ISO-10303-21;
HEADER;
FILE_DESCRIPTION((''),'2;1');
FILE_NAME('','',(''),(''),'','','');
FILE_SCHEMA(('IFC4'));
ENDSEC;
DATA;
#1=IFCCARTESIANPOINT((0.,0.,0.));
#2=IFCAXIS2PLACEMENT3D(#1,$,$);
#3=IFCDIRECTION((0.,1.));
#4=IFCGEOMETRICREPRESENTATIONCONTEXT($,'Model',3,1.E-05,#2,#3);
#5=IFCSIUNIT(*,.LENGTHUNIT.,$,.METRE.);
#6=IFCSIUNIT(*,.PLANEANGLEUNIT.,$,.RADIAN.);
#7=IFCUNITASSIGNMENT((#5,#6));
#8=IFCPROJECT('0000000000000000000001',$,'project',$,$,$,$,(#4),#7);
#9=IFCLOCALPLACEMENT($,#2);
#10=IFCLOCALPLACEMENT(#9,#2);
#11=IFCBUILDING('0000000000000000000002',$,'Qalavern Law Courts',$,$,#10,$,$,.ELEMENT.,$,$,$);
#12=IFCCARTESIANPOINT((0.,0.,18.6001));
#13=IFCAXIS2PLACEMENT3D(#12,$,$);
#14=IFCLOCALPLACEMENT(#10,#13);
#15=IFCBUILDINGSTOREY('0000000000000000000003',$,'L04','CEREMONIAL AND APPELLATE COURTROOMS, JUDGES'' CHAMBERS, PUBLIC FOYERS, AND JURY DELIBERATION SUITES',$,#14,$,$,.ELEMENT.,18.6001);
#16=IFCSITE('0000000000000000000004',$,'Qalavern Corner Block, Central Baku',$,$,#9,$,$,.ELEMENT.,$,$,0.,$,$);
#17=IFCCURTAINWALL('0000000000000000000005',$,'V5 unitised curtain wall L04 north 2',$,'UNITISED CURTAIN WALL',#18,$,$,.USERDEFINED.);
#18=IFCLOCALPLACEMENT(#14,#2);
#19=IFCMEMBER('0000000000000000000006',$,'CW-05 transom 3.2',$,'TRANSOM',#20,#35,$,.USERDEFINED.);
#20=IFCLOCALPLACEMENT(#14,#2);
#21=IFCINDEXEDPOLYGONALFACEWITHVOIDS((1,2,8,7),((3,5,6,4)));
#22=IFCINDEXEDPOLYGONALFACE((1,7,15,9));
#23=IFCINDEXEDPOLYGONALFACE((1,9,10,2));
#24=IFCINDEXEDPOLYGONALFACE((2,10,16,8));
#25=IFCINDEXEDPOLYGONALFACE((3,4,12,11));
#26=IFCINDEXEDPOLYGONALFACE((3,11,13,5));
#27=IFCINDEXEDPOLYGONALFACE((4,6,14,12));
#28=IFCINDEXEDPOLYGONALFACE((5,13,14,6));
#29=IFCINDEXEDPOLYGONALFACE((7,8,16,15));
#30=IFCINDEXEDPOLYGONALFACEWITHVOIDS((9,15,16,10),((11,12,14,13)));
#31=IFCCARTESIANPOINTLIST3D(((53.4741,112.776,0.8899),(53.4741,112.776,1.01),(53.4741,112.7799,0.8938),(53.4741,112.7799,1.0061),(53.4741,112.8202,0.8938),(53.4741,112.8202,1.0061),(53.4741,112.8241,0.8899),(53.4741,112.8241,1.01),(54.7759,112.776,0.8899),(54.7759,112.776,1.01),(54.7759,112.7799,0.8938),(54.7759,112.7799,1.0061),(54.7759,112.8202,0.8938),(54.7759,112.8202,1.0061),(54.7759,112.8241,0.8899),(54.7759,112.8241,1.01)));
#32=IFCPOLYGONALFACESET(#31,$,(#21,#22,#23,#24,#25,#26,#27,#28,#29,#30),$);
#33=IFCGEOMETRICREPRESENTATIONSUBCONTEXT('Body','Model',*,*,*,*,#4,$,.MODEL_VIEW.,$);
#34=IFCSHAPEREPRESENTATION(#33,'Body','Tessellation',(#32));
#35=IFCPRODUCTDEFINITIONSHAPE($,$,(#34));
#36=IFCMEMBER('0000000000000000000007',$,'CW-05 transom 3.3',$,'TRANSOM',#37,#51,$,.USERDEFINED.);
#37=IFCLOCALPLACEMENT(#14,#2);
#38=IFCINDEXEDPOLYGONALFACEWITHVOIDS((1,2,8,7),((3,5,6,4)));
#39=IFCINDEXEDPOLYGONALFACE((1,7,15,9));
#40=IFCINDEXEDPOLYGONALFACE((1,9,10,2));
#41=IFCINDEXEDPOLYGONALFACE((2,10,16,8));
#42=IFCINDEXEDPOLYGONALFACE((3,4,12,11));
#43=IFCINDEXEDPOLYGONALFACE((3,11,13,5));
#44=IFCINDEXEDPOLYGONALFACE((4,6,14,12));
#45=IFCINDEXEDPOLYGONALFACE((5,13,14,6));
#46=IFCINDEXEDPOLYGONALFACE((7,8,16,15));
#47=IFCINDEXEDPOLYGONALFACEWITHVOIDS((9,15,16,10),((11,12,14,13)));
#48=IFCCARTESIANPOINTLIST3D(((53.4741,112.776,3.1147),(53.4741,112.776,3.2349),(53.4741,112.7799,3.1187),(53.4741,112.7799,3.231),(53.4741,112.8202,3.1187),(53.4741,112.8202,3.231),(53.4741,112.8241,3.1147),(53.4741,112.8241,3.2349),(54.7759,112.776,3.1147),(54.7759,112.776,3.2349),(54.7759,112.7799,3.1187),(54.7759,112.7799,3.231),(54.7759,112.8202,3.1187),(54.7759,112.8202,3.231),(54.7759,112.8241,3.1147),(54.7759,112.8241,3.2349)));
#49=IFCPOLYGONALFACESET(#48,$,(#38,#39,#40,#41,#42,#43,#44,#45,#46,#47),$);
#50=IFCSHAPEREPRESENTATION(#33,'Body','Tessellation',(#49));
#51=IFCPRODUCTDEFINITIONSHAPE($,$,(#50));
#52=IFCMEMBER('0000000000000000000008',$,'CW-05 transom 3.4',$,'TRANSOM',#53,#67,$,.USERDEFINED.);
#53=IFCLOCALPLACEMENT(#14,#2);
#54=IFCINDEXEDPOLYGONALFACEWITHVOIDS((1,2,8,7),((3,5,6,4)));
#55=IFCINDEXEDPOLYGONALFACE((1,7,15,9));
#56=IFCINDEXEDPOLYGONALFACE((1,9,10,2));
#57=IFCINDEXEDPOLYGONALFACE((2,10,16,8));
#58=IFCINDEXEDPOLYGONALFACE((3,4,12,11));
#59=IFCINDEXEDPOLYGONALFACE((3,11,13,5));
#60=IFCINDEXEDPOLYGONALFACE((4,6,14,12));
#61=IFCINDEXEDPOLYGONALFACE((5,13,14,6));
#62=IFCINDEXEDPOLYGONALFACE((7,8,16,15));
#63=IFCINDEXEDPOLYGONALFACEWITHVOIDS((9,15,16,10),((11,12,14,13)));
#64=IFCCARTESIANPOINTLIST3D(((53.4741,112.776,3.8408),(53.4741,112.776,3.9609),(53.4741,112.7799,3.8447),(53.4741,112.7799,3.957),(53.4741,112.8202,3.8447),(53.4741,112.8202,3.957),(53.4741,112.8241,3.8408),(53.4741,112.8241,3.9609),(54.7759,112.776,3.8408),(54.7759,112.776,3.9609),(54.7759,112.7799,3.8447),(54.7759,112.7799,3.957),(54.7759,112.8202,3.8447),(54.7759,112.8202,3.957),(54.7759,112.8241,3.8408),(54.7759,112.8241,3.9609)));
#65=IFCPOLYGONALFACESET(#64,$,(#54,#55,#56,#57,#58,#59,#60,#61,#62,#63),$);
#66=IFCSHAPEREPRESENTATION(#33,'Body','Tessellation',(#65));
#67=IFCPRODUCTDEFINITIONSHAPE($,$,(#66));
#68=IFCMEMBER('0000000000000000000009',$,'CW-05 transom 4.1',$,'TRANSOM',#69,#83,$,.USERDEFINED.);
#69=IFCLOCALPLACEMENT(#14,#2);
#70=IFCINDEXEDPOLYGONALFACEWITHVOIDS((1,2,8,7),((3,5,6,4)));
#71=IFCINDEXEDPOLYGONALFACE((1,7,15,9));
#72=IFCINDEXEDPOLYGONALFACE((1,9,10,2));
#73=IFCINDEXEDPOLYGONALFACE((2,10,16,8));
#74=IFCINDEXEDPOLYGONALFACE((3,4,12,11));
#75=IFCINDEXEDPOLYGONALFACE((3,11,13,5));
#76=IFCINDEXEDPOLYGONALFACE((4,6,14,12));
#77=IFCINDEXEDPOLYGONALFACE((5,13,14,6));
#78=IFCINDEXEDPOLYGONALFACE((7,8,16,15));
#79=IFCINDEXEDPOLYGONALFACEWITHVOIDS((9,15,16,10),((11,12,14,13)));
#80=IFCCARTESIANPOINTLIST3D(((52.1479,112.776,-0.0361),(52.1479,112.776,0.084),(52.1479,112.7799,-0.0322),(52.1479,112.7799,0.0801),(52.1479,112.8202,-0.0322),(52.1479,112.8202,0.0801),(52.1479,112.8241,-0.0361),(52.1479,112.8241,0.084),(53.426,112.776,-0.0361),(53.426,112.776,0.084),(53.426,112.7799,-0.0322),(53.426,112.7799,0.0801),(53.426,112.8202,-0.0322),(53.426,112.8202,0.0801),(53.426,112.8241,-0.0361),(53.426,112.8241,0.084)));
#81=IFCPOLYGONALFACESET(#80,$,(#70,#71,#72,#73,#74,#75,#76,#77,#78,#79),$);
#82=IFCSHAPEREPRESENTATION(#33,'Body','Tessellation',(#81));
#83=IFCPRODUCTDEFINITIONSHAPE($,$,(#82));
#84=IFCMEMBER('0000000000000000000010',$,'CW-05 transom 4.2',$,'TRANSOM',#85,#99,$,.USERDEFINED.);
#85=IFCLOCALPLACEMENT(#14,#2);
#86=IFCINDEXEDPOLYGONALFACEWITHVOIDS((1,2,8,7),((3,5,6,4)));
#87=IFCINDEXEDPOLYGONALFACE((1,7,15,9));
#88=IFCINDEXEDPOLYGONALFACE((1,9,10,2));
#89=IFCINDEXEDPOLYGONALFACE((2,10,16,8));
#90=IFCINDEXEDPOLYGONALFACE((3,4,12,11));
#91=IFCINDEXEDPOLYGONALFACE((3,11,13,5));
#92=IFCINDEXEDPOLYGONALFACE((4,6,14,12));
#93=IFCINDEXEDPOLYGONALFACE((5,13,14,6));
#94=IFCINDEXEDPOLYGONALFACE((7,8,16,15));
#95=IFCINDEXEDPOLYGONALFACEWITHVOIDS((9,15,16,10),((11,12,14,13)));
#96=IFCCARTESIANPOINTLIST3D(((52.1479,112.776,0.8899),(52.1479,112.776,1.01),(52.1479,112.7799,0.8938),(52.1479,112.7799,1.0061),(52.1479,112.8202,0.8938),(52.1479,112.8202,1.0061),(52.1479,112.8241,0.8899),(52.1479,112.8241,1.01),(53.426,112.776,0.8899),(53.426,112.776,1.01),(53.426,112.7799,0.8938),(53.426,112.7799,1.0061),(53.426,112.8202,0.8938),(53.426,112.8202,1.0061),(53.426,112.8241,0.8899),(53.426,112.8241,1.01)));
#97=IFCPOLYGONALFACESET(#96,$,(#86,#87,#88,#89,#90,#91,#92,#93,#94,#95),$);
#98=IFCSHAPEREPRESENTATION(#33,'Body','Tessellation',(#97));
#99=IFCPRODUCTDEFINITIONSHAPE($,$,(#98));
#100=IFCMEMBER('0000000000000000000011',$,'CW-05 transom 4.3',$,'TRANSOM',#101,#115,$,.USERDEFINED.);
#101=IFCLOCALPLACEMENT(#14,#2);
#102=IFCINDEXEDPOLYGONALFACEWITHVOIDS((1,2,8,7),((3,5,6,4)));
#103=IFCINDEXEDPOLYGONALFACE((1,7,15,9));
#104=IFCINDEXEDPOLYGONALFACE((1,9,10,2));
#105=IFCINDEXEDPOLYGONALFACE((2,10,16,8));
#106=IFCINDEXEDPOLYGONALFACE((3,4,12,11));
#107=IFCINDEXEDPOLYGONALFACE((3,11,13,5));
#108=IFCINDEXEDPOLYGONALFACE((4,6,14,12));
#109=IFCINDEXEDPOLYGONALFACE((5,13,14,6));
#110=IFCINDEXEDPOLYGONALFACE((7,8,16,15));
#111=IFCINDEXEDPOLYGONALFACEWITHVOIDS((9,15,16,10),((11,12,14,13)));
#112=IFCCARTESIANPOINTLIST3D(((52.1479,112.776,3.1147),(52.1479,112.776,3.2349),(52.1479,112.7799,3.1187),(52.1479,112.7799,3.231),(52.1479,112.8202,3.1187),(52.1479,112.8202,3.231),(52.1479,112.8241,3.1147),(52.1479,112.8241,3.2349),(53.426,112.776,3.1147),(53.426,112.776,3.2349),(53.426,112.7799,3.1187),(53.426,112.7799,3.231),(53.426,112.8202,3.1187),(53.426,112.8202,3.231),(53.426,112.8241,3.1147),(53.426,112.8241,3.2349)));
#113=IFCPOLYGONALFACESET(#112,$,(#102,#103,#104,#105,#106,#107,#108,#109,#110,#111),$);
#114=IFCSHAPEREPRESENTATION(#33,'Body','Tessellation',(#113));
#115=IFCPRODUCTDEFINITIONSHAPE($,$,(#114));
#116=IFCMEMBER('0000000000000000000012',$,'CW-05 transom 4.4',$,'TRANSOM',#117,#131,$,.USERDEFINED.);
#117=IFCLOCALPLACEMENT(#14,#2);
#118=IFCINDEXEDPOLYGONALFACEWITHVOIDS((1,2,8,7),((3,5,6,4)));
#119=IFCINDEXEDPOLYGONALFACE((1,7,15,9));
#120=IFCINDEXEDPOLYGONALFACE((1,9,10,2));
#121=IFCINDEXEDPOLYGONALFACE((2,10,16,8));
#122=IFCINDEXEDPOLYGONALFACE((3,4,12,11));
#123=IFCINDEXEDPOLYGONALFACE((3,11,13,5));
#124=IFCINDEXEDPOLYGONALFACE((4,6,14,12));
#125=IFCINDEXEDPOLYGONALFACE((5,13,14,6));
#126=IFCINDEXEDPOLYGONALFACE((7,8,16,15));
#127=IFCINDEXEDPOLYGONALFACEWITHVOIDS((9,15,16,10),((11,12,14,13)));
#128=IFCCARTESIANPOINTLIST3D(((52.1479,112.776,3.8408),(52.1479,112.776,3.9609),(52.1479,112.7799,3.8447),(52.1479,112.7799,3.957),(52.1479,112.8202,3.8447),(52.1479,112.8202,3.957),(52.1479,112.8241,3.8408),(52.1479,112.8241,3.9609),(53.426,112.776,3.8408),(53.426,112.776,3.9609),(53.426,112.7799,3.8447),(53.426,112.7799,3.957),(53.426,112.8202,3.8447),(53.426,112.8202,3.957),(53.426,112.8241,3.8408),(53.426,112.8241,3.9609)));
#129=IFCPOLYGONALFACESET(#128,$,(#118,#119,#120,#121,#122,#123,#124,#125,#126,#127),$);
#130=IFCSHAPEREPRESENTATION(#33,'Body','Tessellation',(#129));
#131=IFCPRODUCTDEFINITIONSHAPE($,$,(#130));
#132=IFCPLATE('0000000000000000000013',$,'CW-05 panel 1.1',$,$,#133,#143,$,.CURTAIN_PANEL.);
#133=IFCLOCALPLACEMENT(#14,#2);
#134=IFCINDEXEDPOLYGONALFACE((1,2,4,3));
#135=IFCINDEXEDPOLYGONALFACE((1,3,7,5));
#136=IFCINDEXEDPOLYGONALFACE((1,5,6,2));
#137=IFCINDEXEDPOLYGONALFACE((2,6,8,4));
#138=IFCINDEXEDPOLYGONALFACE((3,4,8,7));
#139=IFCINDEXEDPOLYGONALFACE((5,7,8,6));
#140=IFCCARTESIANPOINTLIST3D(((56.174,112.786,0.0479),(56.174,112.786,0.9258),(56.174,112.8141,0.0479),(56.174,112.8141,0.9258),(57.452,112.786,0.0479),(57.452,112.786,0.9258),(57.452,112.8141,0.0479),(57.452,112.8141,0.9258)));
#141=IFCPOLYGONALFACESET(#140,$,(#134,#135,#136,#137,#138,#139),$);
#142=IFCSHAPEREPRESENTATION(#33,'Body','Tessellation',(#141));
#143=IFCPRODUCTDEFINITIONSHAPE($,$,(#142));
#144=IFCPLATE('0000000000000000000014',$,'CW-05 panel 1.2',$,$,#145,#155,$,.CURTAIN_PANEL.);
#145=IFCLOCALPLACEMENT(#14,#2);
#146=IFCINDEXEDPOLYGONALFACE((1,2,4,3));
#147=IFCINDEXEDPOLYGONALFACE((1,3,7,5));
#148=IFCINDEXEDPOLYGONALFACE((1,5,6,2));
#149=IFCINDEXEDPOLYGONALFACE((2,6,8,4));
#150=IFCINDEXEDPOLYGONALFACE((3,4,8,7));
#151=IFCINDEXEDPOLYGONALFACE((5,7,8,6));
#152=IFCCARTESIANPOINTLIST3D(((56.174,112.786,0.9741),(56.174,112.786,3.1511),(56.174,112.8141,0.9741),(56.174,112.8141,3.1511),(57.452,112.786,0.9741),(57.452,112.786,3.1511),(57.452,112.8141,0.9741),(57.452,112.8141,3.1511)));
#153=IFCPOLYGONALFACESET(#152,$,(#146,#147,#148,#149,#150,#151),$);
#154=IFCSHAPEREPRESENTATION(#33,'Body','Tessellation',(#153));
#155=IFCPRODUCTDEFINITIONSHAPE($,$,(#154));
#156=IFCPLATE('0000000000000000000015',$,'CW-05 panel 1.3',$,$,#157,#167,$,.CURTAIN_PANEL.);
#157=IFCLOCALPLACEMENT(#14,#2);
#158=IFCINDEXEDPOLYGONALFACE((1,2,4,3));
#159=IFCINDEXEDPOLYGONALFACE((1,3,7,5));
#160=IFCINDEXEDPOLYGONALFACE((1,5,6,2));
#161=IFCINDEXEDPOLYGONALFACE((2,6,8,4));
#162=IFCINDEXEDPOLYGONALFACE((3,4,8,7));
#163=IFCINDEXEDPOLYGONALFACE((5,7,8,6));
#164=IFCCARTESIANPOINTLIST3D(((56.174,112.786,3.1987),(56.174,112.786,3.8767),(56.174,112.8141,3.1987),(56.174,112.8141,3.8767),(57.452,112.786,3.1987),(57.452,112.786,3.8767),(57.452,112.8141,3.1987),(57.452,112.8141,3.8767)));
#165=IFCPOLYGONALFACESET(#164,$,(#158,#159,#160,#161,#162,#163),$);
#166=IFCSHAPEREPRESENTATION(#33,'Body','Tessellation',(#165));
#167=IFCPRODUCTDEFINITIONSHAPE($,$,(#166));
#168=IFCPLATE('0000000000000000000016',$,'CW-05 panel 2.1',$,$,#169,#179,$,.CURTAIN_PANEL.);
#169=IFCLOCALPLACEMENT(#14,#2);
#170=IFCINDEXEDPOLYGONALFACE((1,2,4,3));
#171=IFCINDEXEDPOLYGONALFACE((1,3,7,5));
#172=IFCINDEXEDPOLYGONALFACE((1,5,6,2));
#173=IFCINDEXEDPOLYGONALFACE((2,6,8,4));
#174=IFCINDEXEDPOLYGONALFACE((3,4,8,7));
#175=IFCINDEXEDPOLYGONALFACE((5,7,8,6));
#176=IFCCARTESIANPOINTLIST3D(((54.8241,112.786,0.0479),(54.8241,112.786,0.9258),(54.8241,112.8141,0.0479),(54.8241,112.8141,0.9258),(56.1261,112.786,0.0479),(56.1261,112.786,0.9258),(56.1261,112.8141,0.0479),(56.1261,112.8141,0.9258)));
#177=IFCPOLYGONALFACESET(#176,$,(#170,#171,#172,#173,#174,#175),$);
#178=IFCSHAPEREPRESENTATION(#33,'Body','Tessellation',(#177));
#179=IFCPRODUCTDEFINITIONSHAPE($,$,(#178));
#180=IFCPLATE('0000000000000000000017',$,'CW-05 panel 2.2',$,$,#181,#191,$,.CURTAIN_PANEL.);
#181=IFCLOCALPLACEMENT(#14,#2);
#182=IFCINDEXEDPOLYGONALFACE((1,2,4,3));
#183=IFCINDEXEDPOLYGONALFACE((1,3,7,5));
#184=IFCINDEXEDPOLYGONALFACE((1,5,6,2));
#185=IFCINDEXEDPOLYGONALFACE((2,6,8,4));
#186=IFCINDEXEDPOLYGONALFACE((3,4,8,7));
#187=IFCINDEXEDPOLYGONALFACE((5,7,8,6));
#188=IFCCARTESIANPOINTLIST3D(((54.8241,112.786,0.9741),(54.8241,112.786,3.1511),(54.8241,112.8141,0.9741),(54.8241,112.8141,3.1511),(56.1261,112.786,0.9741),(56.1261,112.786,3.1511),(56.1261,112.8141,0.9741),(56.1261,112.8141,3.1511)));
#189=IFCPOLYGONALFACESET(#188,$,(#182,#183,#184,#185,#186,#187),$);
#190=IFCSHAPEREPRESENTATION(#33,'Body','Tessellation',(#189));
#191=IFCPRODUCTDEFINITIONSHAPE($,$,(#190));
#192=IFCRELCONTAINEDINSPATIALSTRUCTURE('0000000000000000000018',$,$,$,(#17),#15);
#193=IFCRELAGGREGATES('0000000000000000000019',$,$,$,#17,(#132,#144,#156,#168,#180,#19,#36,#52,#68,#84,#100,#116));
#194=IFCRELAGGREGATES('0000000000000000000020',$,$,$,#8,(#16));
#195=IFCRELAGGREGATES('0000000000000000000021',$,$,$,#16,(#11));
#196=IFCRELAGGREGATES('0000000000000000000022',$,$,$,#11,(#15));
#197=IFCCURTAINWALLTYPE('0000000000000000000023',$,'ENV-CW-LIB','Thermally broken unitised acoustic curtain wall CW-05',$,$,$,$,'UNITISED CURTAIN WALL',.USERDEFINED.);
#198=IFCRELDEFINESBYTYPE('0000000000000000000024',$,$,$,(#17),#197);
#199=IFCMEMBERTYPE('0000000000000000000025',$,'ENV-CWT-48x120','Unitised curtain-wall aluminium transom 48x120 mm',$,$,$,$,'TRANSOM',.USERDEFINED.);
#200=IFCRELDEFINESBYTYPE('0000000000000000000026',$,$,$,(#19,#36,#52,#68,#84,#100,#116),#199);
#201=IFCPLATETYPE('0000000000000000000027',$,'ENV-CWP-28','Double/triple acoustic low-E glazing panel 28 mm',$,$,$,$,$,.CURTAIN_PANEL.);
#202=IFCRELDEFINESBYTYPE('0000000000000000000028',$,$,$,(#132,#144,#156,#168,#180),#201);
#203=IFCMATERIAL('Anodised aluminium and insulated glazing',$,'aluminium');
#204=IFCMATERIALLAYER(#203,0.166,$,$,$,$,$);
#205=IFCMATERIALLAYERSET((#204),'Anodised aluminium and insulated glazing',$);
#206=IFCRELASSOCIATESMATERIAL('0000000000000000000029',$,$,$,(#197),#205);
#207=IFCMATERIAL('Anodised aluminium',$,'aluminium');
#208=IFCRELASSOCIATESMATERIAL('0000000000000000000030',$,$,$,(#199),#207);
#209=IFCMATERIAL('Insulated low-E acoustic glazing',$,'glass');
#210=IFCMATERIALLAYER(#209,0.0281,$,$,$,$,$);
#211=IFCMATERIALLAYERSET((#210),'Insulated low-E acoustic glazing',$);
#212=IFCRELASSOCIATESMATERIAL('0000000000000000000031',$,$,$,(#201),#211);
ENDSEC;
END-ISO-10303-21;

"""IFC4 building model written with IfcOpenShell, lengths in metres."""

from ifc_helpers import new_model, si_unit, direction, frame, origin, origin_2d, place, context, subcontext, project, spatial, rectangle, hollow_rectangle, extrude, material, layer, layer_set, material_profile, profile_set, type_object, element, aggregate, save


model = new_model("IFC4")

# Units and contexts
model_context = context("Model", 3, precision=1e-05, world=origin(), true_north=direction((0.0, 1.0)))
body_context = subcontext(model_context, "Body", "Model", "MODEL_VIEW")
ifc_project = project(units=[si_unit("LENGTHUNIT", "METRE"), si_unit("PLANEANGLEUNIT", "RADIAN")], contexts=[model_context])

# Site, building, storey
site_placement = place(None, origin())
site = spatial("IfcSite", under=ifc_project, at=site_placement, Name="Qalavern Corner Block, Central Baku", CompositionType="ELEMENT", RefElevation=0.0)
building_placement = place(site_placement, origin())
building = spatial("IfcBuilding", under=site, at=building_placement, Name="Qalavern Law Courts", CompositionType="ELEMENT")
storey_placement = place(building_placement, frame((0.0, 0.0, 18.6001)))
storey = spatial("IfcBuildingStorey", under=building, at=storey_placement, Name="L04", Description="CEREMONIAL AND APPELLATE COURTROOMS, JUDGES' CHAMBERS, PUBLIC FOYERS, AND JURY DELIBERATION SUITES", CompositionType="ELEMENT", Elevation=18.6001)

# Curtain wall, members, plates
ifc_material_1 = material(Name="Anodised aluminium and insulated glazing", Category="aluminium")
ifc_layer_1 = layer(ifc_material_1, 0.166)
ifc_layer_set_1 = layer_set([ifc_layer_1], Name="Anodised aluminium and insulated glazing")
curtain_wall_type = type_object("IfcCurtainWallType", Name="ENV-CW-LIB", Description="Thermally broken unitised acoustic curtain wall CW-05", ElementType="UNITISED CURTAIN WALL", PredefinedType="USERDEFINED", material=ifc_layer_set_1)
curtain_wall_placement = place(storey_placement, origin())
curtain_wall = element("IfcCurtainWall", 1, at=curtain_wall_placement, inside=storey, type_object=curtain_wall_type, Name="V5 unitised curtain wall L04 north 2", ObjectType="UNITISED CURTAIN WALL", PredefinedType="USERDEFINED")
ifc_material_2 = material(Name="Anodised aluminium", Category="aluminium")
ifc_material_profile_1 = material_profile(ifc_material_2, hollow_rectangle(XDim=0.0481, YDim=0.1201, WallThickness=0.0039, at=origin_2d()), Name="ALU TRANSOM 48x120")
ifc_profile_set_1 = profile_set([ifc_material_profile_1], Name="Anodised aluminium")
member_type_1 = type_object("IfcMemberType", Name="ENV-CWT-48x120", Description="Unitised curtain-wall aluminium transom 48x120 mm", ElementType="TRANSOM", PredefinedType="USERDEFINED", material=ifc_profile_set_1)
member_1_placement = place(storey_placement, frame((54.7759, 112.8, 0.95), z_axis=(-1.0, 0.0, 0.0), x_axis=(0.0, -1.0, 0.0)))
member_1 = element("IfcMember", 2, at=member_1_placement, type_object=member_type_1, Name="CW-05 transom 3.2", ObjectType="TRANSOM", PredefinedType="USERDEFINED", context=body_context, shape_type="SweptSolid", body=[
    extrude(hollow_rectangle(XDim=0.0481, YDim=0.1201, WallThickness=0.0039, at=origin_2d()), origin(), (0.0, 0.0, 1.0), 1.3018),
])
member_2_placement = place(storey_placement, frame((54.7759, 112.8, 3.1748), z_axis=(-1.0, 0.0, 0.0), x_axis=(0.0, -1.0, 0.0)))
member_2 = element("IfcMember", 3, at=member_2_placement, type_object=member_type_1, Name="CW-05 transom 3.3", ObjectType="TRANSOM", PredefinedType="USERDEFINED", context=body_context, shape_type="SweptSolid", body=[
    extrude(hollow_rectangle(XDim=0.0481, YDim=0.1201, WallThickness=0.0039, at=origin_2d()), origin(), (0.0, 0.0, 1.0), 1.3018),
])
member_3_placement = place(storey_placement, frame((54.7759, 112.8, 3.9009), z_axis=(-1.0, 0.0, 0.0), x_axis=(0.0, -1.0, 0.0)))
member_3 = element("IfcMember", 4, at=member_3_placement, type_object=member_type_1, Name="CW-05 transom 3.4", ObjectType="TRANSOM", PredefinedType="USERDEFINED", context=body_context, shape_type="SweptSolid", body=[
    extrude(hollow_rectangle(XDim=0.0481, YDim=0.1201, WallThickness=0.0039, at=origin_2d()), origin(), (0.0, 0.0, 1.0), 1.3018),
])
member_4_placement = place(storey_placement, frame((53.426, 112.8, 0.0239), z_axis=(-1.0, 0.0, 0.0), x_axis=(0.0, -1.0, 0.0)))
member_4 = element("IfcMember", 5, at=member_4_placement, type_object=member_type_1, Name="CW-05 transom 4.1", ObjectType="TRANSOM", PredefinedType="USERDEFINED", context=body_context, shape_type="SweptSolid", body=[
    extrude(hollow_rectangle(XDim=0.0481, YDim=0.1201, WallThickness=0.0039, at=origin_2d()), origin(), (0.0, 0.0, 1.0), 1.2781),
])
member_5_placement = place(storey_placement, frame((53.426, 112.8, 0.95), z_axis=(-1.0, 0.0, 0.0), x_axis=(0.0, -1.0, 0.0)))
member_5 = element("IfcMember", 6, at=member_5_placement, type_object=member_type_1, Name="CW-05 transom 4.2", ObjectType="TRANSOM", PredefinedType="USERDEFINED", context=body_context, shape_type="SweptSolid", body=[
    extrude(hollow_rectangle(XDim=0.0481, YDim=0.1201, WallThickness=0.0039, at=origin_2d()), origin(), (0.0, 0.0, 1.0), 1.2781),
])
member_6_placement = place(storey_placement, frame((53.426, 112.8, 3.1748), z_axis=(-1.0, 0.0, 0.0), x_axis=(0.0, -1.0, 0.0)))
member_6 = element("IfcMember", 7, at=member_6_placement, type_object=member_type_1, Name="CW-05 transom 4.3", ObjectType="TRANSOM", PredefinedType="USERDEFINED", context=body_context, shape_type="SweptSolid", body=[
    extrude(hollow_rectangle(XDim=0.0481, YDim=0.1201, WallThickness=0.0039, at=origin_2d()), origin(), (0.0, 0.0, 1.0), 1.2781),
])
member_7_placement = place(storey_placement, frame((53.426, 112.8, 3.9009), z_axis=(-1.0, 0.0, 0.0), x_axis=(0.0, -1.0, 0.0)))
member_7 = element("IfcMember", 8, at=member_7_placement, type_object=member_type_1, Name="CW-05 transom 4.4", ObjectType="TRANSOM", PredefinedType="USERDEFINED", context=body_context, shape_type="SweptSolid", body=[
    extrude(hollow_rectangle(XDim=0.0481, YDim=0.1201, WallThickness=0.0039, at=origin_2d()), origin(), (0.0, 0.0, 1.0), 1.2781),
])
ifc_material_3 = material(Name="Insulated low-E acoustic glazing", Category="glass")
ifc_layer_2 = layer(ifc_material_3, 0.0281)
ifc_layer_set_2 = layer_set([ifc_layer_2], Name="Insulated low-E acoustic glazing")
plate_type = type_object("IfcPlateType", Name="ENV-CWP-28", Description="Double/triple acoustic low-E glazing panel 28 mm", PredefinedType="CURTAIN_PANEL", material=ifc_layer_set_2)
plate_1_placement = place(storey_placement, frame((56.813, 112.8, 0.0479), z_axis=(0.0, 0.0, 1.0), x_axis=(-1.0, 0.0, 0.0)))
plate_1 = element("IfcPlate", 9, at=plate_1_placement, type_object=plate_type, Name="CW-05 panel 1.1", PredefinedType="CURTAIN_PANEL", context=body_context, shape_type="SweptSolid", body=[
    extrude(rectangle(XDim=1.2781, YDim=0.0281, at=origin_2d()), origin(), (0.0, 0.0, 1.0), 0.8779),
])
plate_2_placement = place(storey_placement, frame((56.813, 112.8, 0.9741), z_axis=(0.0, 0.0, 1.0), x_axis=(-1.0, 0.0, 0.0)))
plate_2 = element("IfcPlate", 10, at=plate_2_placement, type_object=plate_type, Name="CW-05 panel 1.2", PredefinedType="CURTAIN_PANEL", context=body_context, shape_type="SweptSolid", body=[
    extrude(rectangle(XDim=1.2781, YDim=0.0281, at=origin_2d()), origin(), (0.0, 0.0, 1.0), 2.177),
])
plate_3_placement = place(storey_placement, frame((56.813, 112.8, 3.1987), z_axis=(0.0, 0.0, 1.0), x_axis=(-1.0, 0.0, 0.0)))
plate_3 = element("IfcPlate", 11, at=plate_3_placement, type_object=plate_type, Name="CW-05 panel 1.3", PredefinedType="CURTAIN_PANEL", context=body_context, shape_type="SweptSolid", body=[
    extrude(rectangle(XDim=1.2781, YDim=0.0281, at=origin_2d()), origin(), (0.0, 0.0, 1.0), 0.678),
])
plate_4_placement = place(storey_placement, frame((55.4751, 112.8, 0.0479), z_axis=(0.0, 0.0, 1.0), x_axis=(-1.0, 0.0, 0.0)))
plate_4 = element("IfcPlate", 12, at=plate_4_placement, type_object=plate_type, Name="CW-05 panel 2.1", PredefinedType="CURTAIN_PANEL", context=body_context, shape_type="SweptSolid", body=[
    extrude(rectangle(XDim=1.302, YDim=0.0281, at=origin_2d()), origin(), (0.0, 0.0, 1.0), 0.8779),
])
plate_5_placement = place(storey_placement, frame((55.4751, 112.8, 0.9741), z_axis=(0.0, 0.0, 1.0), x_axis=(-1.0, 0.0, 0.0)))
plate_5 = element("IfcPlate", 13, at=plate_5_placement, type_object=plate_type, Name="CW-05 panel 2.2", PredefinedType="CURTAIN_PANEL", context=body_context, shape_type="SweptSolid", body=[
    extrude(rectangle(XDim=1.302, YDim=0.0281, at=origin_2d()), origin(), (0.0, 0.0, 1.0), 2.177),
])
aggregate(curtain_wall, [plate_1, plate_2, plate_3, plate_4, plate_5, member_1, member_2, member_3, member_4, member_5, member_6, member_7])

save(model, "model.ifc")
